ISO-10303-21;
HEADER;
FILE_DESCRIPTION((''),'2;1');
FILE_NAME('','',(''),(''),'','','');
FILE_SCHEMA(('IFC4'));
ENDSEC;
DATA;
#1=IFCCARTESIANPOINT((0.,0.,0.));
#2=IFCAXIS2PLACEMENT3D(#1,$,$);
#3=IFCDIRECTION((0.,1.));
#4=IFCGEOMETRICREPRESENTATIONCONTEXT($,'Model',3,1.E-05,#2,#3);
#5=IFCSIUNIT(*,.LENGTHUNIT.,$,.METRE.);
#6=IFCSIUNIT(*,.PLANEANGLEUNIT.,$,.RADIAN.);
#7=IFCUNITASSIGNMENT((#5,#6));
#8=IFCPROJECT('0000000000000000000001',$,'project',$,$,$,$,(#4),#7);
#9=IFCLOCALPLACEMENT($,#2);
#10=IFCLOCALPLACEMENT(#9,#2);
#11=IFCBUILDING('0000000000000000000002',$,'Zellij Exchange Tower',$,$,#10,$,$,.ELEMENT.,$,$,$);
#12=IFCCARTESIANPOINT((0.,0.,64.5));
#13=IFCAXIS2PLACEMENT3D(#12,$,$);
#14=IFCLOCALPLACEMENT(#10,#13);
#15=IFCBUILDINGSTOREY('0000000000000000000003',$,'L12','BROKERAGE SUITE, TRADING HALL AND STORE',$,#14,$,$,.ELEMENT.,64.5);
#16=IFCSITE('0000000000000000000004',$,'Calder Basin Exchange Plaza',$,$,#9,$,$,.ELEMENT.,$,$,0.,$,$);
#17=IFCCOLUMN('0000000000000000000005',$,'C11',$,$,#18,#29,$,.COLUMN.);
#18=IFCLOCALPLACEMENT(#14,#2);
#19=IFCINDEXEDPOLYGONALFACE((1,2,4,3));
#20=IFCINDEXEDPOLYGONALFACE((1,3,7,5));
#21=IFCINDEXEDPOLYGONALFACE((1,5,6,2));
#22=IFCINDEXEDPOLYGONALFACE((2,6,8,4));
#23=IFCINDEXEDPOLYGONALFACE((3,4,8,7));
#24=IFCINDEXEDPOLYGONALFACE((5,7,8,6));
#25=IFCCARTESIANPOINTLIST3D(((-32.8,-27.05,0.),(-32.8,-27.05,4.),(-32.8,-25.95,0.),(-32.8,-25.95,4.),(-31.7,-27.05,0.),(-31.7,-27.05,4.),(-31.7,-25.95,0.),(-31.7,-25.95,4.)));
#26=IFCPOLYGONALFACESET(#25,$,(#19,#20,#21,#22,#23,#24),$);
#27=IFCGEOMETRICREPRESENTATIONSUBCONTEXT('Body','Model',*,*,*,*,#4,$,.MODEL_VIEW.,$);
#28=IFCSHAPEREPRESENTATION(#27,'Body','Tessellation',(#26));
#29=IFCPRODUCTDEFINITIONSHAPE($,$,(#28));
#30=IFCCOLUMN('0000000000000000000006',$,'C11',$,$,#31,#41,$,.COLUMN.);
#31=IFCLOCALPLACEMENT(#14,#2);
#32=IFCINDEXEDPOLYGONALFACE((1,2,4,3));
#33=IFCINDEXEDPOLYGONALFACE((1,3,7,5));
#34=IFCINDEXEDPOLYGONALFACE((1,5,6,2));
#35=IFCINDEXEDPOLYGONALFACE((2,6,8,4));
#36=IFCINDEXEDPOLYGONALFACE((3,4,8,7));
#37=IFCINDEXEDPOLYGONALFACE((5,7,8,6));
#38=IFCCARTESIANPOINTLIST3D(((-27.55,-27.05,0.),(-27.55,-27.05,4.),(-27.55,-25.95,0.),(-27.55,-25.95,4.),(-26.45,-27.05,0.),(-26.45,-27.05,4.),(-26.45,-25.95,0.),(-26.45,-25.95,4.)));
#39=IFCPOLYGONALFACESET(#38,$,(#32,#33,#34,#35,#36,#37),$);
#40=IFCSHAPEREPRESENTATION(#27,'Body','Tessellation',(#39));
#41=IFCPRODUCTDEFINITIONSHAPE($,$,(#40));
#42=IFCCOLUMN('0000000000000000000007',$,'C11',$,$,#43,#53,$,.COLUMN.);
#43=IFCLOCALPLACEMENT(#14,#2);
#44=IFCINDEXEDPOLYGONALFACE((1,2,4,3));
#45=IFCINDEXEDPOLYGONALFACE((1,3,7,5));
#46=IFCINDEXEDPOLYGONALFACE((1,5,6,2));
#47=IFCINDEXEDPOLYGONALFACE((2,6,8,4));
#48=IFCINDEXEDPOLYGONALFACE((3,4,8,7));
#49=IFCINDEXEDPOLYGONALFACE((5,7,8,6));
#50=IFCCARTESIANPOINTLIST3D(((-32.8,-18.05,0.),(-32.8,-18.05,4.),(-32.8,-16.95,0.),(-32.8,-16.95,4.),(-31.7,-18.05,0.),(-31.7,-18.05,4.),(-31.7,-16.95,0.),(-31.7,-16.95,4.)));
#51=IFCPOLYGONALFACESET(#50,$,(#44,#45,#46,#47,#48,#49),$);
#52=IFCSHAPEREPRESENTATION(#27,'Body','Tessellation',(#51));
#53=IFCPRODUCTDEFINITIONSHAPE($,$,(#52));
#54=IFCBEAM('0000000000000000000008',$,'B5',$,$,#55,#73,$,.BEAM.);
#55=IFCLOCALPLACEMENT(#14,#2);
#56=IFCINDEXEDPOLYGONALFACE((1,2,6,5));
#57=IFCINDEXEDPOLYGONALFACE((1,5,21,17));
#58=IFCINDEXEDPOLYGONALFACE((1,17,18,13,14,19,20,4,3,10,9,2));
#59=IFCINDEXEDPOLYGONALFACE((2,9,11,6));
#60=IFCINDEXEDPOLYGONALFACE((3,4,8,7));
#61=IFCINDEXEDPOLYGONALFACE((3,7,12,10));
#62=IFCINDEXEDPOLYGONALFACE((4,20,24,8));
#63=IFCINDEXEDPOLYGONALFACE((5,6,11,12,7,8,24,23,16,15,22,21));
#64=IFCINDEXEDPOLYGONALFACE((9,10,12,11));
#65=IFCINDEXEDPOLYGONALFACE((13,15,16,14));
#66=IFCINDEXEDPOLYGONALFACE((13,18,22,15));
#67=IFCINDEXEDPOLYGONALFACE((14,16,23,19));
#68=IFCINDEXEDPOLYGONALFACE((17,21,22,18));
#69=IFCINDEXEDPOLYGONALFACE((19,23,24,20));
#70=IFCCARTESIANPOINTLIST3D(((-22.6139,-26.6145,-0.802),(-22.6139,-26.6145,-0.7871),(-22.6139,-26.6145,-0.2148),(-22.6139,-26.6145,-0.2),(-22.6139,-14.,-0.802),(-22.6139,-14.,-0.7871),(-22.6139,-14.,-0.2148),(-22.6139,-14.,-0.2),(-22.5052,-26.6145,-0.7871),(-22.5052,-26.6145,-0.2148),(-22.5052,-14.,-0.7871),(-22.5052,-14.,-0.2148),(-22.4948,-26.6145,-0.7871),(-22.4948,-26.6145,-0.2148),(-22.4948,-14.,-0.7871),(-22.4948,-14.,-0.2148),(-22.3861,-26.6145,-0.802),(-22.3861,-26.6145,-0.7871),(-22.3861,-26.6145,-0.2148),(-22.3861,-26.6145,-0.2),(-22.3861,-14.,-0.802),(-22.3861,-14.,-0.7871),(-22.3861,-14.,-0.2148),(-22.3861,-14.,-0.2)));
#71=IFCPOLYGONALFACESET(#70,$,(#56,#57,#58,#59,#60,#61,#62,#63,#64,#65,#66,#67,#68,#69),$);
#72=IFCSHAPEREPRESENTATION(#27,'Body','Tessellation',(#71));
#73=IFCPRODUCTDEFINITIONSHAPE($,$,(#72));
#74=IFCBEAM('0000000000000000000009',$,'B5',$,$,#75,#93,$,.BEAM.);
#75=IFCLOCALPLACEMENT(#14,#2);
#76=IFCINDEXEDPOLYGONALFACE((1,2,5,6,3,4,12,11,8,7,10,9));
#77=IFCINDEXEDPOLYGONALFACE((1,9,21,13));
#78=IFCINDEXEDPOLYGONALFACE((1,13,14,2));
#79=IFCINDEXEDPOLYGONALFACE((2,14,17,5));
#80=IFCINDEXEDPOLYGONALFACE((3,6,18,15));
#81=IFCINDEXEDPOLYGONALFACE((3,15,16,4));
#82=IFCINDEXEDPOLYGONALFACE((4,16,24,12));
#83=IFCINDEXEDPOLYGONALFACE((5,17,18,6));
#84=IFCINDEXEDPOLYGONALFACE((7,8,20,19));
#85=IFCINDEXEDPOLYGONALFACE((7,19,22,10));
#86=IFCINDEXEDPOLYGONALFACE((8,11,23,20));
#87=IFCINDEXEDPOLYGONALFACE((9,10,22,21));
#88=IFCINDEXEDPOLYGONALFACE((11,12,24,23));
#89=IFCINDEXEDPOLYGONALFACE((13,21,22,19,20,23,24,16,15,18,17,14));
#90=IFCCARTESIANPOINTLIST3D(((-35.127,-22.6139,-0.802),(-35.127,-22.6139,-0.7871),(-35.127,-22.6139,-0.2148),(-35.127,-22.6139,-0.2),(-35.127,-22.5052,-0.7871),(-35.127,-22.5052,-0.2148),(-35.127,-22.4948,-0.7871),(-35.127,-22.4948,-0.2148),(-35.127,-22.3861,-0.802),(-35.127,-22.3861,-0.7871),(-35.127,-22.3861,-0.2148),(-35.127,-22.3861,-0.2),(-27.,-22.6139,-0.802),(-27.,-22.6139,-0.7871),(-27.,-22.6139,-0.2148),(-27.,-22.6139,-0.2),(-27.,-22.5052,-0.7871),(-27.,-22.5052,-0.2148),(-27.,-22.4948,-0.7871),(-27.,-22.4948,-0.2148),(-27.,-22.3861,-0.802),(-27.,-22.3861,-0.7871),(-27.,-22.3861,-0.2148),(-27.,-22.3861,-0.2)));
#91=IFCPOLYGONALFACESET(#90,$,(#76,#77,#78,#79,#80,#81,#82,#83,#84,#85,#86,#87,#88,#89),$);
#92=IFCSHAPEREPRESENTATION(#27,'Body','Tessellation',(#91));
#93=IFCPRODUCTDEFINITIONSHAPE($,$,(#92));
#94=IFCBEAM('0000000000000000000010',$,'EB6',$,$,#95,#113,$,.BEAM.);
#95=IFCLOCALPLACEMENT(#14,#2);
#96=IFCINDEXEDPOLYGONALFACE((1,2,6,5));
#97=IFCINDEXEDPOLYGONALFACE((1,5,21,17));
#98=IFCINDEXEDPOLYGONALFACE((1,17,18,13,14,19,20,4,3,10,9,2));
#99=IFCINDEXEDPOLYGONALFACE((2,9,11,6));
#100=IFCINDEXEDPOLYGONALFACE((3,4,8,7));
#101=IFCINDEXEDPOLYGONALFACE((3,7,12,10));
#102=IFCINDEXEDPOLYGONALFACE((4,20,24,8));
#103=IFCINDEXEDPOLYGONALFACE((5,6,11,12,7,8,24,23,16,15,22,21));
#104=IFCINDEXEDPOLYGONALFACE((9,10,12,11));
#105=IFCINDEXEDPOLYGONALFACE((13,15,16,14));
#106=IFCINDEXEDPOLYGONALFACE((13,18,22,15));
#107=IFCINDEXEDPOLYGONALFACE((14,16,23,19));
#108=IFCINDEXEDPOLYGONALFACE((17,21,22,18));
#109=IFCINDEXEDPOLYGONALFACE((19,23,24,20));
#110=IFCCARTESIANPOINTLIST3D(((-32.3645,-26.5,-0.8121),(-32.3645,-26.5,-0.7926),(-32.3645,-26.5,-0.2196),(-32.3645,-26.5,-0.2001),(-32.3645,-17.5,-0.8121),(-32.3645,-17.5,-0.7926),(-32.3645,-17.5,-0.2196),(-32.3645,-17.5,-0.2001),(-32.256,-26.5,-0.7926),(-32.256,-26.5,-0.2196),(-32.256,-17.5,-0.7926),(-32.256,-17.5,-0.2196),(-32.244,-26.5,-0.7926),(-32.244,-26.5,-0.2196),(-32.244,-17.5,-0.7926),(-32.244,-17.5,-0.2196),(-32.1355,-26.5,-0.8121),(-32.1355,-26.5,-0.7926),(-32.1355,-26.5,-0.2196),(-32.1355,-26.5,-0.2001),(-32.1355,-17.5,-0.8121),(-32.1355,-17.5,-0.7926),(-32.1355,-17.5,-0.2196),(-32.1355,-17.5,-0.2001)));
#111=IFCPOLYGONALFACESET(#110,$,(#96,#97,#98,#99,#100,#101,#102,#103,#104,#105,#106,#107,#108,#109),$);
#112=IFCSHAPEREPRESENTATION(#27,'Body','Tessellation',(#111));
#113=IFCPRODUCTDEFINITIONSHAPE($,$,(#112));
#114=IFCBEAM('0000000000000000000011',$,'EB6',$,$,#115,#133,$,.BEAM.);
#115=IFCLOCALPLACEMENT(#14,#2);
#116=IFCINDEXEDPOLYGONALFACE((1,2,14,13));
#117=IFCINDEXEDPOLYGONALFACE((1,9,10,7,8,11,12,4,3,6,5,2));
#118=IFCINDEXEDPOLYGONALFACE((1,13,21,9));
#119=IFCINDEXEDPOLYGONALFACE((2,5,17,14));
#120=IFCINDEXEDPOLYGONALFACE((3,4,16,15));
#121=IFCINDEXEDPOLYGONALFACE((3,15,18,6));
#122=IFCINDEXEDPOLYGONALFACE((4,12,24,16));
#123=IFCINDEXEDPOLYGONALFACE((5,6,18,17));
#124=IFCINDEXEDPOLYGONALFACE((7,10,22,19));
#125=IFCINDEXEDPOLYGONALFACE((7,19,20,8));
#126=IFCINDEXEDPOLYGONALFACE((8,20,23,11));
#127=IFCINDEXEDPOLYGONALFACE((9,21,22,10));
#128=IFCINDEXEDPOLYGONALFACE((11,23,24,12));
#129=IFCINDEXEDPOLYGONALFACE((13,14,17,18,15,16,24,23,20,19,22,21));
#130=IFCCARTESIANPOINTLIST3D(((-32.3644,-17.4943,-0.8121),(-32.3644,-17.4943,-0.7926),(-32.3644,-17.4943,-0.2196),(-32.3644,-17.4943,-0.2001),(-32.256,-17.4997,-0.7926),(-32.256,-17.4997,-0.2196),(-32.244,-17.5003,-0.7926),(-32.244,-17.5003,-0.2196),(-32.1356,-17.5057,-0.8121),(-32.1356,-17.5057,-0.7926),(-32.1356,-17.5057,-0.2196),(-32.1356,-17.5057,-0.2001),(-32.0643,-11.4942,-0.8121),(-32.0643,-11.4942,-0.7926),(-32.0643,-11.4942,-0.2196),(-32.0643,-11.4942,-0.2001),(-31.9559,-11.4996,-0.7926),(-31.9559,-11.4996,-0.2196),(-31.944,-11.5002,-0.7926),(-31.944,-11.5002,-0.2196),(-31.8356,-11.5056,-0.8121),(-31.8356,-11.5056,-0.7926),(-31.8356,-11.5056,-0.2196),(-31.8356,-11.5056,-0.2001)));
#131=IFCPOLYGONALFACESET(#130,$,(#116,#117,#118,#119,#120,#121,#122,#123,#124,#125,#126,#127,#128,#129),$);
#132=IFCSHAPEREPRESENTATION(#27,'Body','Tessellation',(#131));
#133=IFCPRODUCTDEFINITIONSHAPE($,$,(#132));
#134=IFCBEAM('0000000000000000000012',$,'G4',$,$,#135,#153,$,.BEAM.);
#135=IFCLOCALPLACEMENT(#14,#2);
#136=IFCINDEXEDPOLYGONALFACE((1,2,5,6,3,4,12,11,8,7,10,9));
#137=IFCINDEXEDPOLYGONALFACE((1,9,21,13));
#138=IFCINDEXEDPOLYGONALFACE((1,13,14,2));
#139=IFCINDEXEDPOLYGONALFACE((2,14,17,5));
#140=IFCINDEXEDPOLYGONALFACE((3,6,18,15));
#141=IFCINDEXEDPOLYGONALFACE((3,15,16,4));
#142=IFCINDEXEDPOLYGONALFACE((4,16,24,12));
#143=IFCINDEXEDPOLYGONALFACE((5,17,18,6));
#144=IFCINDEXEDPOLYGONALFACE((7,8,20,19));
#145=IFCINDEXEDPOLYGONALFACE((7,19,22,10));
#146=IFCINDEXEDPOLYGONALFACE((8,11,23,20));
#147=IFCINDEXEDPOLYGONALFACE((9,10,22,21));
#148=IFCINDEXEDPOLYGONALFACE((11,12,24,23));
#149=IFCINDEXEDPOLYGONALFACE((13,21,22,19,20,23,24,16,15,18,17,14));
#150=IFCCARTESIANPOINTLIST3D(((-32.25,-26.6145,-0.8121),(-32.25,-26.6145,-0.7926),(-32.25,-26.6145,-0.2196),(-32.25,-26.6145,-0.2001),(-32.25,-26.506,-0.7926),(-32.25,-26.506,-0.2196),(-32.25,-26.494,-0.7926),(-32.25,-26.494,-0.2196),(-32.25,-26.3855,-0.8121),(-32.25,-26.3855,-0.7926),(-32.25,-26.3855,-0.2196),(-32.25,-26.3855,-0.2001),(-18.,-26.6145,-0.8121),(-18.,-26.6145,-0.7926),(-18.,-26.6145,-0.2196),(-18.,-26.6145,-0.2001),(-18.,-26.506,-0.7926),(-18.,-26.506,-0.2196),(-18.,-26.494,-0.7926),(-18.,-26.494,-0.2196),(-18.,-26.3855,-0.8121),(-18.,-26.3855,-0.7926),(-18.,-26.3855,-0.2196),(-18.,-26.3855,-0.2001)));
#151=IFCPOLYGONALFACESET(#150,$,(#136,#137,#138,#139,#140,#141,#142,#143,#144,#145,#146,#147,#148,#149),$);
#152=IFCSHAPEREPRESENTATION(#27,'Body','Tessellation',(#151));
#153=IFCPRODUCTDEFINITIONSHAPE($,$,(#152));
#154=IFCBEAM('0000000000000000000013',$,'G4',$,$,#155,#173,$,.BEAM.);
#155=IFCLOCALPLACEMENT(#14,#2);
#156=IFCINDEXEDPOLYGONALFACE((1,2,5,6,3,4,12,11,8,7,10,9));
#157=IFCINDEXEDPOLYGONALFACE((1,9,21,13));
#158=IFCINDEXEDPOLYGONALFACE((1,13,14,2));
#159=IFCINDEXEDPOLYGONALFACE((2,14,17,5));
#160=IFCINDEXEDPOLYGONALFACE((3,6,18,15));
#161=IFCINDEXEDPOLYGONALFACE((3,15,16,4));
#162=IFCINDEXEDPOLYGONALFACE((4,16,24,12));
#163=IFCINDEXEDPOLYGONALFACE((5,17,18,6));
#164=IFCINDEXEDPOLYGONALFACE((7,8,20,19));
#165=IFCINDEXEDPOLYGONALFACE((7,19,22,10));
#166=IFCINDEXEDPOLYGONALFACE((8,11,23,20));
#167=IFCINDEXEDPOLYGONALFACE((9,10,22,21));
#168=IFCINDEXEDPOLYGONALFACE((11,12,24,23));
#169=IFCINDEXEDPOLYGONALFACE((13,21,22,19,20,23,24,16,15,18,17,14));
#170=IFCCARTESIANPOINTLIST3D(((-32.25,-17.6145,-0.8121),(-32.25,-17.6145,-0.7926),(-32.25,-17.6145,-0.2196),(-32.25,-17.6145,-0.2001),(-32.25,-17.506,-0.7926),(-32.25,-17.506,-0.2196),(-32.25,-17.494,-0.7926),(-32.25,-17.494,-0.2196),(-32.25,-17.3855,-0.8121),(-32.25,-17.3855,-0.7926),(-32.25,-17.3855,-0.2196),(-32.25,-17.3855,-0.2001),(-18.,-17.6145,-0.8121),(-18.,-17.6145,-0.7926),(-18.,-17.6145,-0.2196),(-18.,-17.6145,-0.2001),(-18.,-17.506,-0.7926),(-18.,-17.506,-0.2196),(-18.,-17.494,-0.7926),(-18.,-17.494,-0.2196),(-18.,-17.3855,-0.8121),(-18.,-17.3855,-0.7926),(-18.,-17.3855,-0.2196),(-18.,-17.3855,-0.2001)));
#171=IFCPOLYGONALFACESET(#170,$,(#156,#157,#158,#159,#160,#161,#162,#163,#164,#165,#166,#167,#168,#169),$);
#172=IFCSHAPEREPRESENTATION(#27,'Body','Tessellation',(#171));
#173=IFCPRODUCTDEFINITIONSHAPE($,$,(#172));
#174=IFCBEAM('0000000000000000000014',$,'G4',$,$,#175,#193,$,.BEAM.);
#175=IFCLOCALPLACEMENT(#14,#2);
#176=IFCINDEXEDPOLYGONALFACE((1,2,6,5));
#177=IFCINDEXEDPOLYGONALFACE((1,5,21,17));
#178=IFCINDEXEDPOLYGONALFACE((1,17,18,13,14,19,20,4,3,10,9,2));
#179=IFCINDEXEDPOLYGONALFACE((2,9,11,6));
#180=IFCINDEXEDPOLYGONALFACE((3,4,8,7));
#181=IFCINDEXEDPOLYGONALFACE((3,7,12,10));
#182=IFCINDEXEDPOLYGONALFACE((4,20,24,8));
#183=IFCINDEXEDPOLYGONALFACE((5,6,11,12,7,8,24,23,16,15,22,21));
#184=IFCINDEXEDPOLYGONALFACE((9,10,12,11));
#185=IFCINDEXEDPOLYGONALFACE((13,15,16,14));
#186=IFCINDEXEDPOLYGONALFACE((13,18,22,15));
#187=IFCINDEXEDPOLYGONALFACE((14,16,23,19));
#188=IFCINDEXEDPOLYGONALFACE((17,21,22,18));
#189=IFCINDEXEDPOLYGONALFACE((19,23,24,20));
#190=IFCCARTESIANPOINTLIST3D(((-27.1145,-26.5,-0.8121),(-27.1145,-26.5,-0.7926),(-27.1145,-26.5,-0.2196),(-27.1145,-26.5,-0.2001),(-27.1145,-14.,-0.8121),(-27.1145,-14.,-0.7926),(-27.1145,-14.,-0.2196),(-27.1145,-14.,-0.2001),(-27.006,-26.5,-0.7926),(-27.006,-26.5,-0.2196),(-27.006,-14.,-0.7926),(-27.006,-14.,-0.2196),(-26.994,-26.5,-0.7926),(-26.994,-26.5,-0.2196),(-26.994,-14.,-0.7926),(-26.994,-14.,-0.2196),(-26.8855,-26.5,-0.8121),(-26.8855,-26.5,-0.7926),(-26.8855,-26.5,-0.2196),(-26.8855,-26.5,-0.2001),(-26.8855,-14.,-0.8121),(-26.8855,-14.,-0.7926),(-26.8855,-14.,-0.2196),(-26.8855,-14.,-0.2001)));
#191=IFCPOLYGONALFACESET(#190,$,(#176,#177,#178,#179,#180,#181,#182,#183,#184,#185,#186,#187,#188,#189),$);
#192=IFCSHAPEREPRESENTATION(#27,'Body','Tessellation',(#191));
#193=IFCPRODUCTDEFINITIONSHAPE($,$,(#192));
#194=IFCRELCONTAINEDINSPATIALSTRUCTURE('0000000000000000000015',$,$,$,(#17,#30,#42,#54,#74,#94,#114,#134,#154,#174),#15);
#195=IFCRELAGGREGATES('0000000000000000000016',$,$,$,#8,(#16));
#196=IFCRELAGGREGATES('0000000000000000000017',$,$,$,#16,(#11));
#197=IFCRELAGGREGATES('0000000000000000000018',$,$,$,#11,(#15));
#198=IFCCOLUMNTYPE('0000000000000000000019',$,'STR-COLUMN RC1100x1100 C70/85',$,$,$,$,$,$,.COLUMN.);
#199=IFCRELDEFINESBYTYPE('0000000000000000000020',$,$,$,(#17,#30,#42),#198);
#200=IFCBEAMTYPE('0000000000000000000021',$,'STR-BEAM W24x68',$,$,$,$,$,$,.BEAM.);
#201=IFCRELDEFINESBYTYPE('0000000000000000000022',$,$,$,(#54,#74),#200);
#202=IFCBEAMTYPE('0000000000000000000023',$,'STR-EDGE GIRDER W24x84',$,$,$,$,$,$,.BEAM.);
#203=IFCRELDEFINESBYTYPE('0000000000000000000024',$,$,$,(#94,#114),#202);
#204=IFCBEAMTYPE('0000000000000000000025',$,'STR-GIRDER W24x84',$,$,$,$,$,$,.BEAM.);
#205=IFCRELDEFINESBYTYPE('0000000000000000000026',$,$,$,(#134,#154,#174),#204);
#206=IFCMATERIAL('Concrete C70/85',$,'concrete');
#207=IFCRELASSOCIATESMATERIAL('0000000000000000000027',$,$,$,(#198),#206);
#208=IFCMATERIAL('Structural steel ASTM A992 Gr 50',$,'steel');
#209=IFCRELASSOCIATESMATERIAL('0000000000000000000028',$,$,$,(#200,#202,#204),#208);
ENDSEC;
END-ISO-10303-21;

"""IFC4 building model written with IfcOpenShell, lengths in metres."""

from ifc_helpers import new_model, si_unit, direction, frame, origin, origin_2d, place, context, subcontext, project, spatial, rectangle, i_section, extrude, material, material_profile, profile_set, type_object, element, save


model = new_model("IFC4")

# Units and contexts
model_context = context("Model", 3, precision=1e-05, world=origin(), true_north=direction((0.0, 1.0)))
body_context = subcontext(model_context, "Body", "Model", "MODEL_VIEW")
ifc_project = project(units=[si_unit("LENGTHUNIT", "METRE"), si_unit("PLANEANGLEUNIT", "RADIAN")], contexts=[model_context])

# Site, building, storey
site_placement = place(None, origin())
site = spatial("IfcSite", under=ifc_project, at=site_placement, Name="Calder Basin Exchange Plaza", CompositionType="ELEMENT", RefElevation=0.0)
building_placement = place(site_placement, origin())
building = spatial("IfcBuilding", under=site, at=building_placement, Name="Zellij Exchange Tower", CompositionType="ELEMENT")
storey_placement = place(building_placement, frame((0.0, 0.0, 64.5)))
storey = spatial("IfcBuildingStorey", under=building, at=storey_placement, Name="L12", Description="BROKERAGE SUITE, TRADING HALL AND STORE", CompositionType="ELEMENT", Elevation=64.5)

# Columns
ifc_material_1 = material(Name="Concrete C70/85", Category="concrete")
ifc_material_profile_1 = material_profile(ifc_material_1, rectangle(XDim=1.1001, YDim=1.1001, at=origin_2d()), Name="STR-COLUMN RC1100x1100 C70/85")
ifc_profile_set_1 = profile_set([ifc_material_profile_1], Name="Concrete C70/85")
column_type = type_object("IfcColumnType", Name="STR-COLUMN RC1100x1100 C70/85", PredefinedType="COLUMN", material=ifc_profile_set_1)
for number, where, z_axis, x_axis, name in (
    (1, (-32.25, -26.5, 0.0), (0.0, 0.0, 1.0), (1.0, 0.0, 0.0), "C11"),
    (2, (-27.0, -26.5, 0.0), (0.0, 0.0, 1.0), (1.0, 0.0, 0.0), "C11"),
    (3, (-32.25, -17.5, 0.0), (0.0, 0.0, 1.0), (1.0, 0.0, 0.0), "C11"),
):
    element("IfcColumn", number, at=place(storey_placement, frame(where, z_axis=z_axis, x_axis=x_axis)), inside=storey, type_object=column_type, Name=name, PredefinedType="COLUMN", context=body_context, shape_type="SweptSolid", body=[
        extrude(rectangle(XDim=1.1001, YDim=1.1001, at=origin_2d()), origin(), (0.0, 0.0, 1.0), 4.0),
    ])

# Beams
ifc_material_2 = material(Name="Structural steel ASTM A992 Gr 50", Category="steel")
ifc_material_profile_2 = material_profile(ifc_material_2, i_section(OverallWidth=0.2278, OverallDepth=0.6021, WebThickness=0.0105, FlangeThickness=0.0149, at=origin_2d()), Name="W24x68")
ifc_profile_set_2 = profile_set([ifc_material_profile_2], Name="Structural steel ASTM A992 Gr 50")
beam_type_1 = type_object("IfcBeamType", Name="STR-BEAM W24x68", PredefinedType="BEAM", material=ifc_profile_set_2)
beam_1_placement = place(storey_placement, frame((-22.5, -26.6145, -0.501), z_axis=(0.0, 1.0, 0.0), x_axis=(-1.0, 0.0, 0.0)))
element("IfcBeam", 4, at=beam_1_placement, inside=storey, type_object=beam_type_1, Name="B5", PredefinedType="BEAM", context=body_context, shape_type="SweptSolid", body=[
    extrude(i_section(OverallWidth=0.2278, OverallDepth=0.6021, WebThickness=0.0105, FlangeThickness=0.0149, at=origin_2d()), origin(), (0.0, 0.0, 1.0), 12.6145),
])
beam_2_placement = place(storey_placement, frame((-35.127, -22.5, -0.501), z_axis=(1.0, 0.0, 0.0), x_axis=(0.0, 1.0, 0.0)))
element("IfcBeam", 5, at=beam_2_placement, inside=storey, type_object=beam_type_1, Name="B5", PredefinedType="BEAM", context=body_context, shape_type="SweptSolid", body=[
    extrude(i_section(OverallWidth=0.2278, OverallDepth=0.6021, WebThickness=0.0105, FlangeThickness=0.0149, at=origin_2d()), origin(), (0.0, 0.0, 1.0), 8.127),
])
ifc_material_profile_3 = material_profile(ifc_material_2, i_section(OverallWidth=0.229, OverallDepth=0.6121, WebThickness=0.012, FlangeThickness=0.0195, at=origin_2d()), Name="W24x84")
ifc_profile_set_3 = profile_set([ifc_material_profile_3], Name="Structural steel ASTM A992 Gr 50")
beam_type_2 = type_object("IfcBeamType", Name="STR-EDGE GIRDER W24x84", PredefinedType="BEAM", material=ifc_profile_set_3)
beam_3_placement = place(storey_placement, frame((-32.25, -26.5, -0.5061), z_axis=(0.0, 1.0, 0.0), x_axis=(-1.0, 0.0, 0.0)))
element("IfcBeam", 6, at=beam_3_placement, inside=storey, type_object=beam_type_2, Name="EB6", PredefinedType="BEAM", context=body_context, shape_type="SweptSolid", body=[
    extrude(i_section(OverallWidth=0.229, OverallDepth=0.6121, WebThickness=0.012, FlangeThickness=0.0195, at=origin_2d()), origin(), (0.0, 0.0, 1.0), 9.0),
])
beam_4_placement = place(storey_placement, frame((-32.25, -17.5, -0.5061), z_axis=(0.049946, 0.998752, 0.0), x_axis=(-0.998752, 0.049946, 0.0)))
element("IfcBeam", 7, at=beam_4_placement, inside=storey, type_object=beam_type_2, Name="EB6", PredefinedType="BEAM", context=body_context, shape_type="SweptSolid", body=[
    extrude(i_section(OverallWidth=0.229, OverallDepth=0.6121, WebThickness=0.012, FlangeThickness=0.0195, at=origin_2d()), origin(), (0.0, 0.0, 1.0), 6.0076),
])
ifc_material_profile_4 = material_profile(ifc_material_2, i_section(OverallWidth=0.229, OverallDepth=0.6121, WebThickness=0.012, FlangeThickness=0.0195, at=origin_2d()), Name="W24x84")
ifc_profile_set_4 = profile_set([ifc_material_profile_4], Name="Structural steel ASTM A992 Gr 50")
beam_type_3 = type_object("IfcBeamType", Name="STR-GIRDER W24x84", PredefinedType="BEAM", material=ifc_profile_set_4)
for number, where, z_axis, x_axis, name in (
    (8, (-32.25, -26.5, -0.5061), (1.0, 0.0, 0.0), (0.0, 1.0, 0.0), "G4"),
    (9, (-32.25, -17.5, -0.5061), (1.0, 0.0, 0.0), (0.0, 1.0, 0.0), "G4"),
):
    element("IfcBeam", number, at=place(storey_placement, frame(where, z_axis=z_axis, x_axis=x_axis)), inside=storey, type_object=beam_type_3, Name=name, PredefinedType="BEAM", context=body_context, shape_type="SweptSolid", body=[
        extrude(i_section(OverallWidth=0.229, OverallDepth=0.6121, WebThickness=0.012, FlangeThickness=0.0195, at=origin_2d()), origin(), (0.0, 0.0, 1.0), 14.25),
    ])
beam_5_placement = place(storey_placement, frame((-27.0, -26.5, -0.5061), z_axis=(0.0, 1.0, 0.0), x_axis=(-1.0, 0.0, 0.0)))
element("IfcBeam", 10, at=beam_5_placement, inside=storey, type_object=beam_type_3, Name="G4", PredefinedType="BEAM", context=body_context, shape_type="SweptSolid", body=[
    extrude(i_section(OverallWidth=0.229, OverallDepth=0.6121, WebThickness=0.012, FlangeThickness=0.0195, at=origin_2d()), origin(), (0.0, 0.0, 1.0), 12.5),
])

save(model, "model.ifc")
